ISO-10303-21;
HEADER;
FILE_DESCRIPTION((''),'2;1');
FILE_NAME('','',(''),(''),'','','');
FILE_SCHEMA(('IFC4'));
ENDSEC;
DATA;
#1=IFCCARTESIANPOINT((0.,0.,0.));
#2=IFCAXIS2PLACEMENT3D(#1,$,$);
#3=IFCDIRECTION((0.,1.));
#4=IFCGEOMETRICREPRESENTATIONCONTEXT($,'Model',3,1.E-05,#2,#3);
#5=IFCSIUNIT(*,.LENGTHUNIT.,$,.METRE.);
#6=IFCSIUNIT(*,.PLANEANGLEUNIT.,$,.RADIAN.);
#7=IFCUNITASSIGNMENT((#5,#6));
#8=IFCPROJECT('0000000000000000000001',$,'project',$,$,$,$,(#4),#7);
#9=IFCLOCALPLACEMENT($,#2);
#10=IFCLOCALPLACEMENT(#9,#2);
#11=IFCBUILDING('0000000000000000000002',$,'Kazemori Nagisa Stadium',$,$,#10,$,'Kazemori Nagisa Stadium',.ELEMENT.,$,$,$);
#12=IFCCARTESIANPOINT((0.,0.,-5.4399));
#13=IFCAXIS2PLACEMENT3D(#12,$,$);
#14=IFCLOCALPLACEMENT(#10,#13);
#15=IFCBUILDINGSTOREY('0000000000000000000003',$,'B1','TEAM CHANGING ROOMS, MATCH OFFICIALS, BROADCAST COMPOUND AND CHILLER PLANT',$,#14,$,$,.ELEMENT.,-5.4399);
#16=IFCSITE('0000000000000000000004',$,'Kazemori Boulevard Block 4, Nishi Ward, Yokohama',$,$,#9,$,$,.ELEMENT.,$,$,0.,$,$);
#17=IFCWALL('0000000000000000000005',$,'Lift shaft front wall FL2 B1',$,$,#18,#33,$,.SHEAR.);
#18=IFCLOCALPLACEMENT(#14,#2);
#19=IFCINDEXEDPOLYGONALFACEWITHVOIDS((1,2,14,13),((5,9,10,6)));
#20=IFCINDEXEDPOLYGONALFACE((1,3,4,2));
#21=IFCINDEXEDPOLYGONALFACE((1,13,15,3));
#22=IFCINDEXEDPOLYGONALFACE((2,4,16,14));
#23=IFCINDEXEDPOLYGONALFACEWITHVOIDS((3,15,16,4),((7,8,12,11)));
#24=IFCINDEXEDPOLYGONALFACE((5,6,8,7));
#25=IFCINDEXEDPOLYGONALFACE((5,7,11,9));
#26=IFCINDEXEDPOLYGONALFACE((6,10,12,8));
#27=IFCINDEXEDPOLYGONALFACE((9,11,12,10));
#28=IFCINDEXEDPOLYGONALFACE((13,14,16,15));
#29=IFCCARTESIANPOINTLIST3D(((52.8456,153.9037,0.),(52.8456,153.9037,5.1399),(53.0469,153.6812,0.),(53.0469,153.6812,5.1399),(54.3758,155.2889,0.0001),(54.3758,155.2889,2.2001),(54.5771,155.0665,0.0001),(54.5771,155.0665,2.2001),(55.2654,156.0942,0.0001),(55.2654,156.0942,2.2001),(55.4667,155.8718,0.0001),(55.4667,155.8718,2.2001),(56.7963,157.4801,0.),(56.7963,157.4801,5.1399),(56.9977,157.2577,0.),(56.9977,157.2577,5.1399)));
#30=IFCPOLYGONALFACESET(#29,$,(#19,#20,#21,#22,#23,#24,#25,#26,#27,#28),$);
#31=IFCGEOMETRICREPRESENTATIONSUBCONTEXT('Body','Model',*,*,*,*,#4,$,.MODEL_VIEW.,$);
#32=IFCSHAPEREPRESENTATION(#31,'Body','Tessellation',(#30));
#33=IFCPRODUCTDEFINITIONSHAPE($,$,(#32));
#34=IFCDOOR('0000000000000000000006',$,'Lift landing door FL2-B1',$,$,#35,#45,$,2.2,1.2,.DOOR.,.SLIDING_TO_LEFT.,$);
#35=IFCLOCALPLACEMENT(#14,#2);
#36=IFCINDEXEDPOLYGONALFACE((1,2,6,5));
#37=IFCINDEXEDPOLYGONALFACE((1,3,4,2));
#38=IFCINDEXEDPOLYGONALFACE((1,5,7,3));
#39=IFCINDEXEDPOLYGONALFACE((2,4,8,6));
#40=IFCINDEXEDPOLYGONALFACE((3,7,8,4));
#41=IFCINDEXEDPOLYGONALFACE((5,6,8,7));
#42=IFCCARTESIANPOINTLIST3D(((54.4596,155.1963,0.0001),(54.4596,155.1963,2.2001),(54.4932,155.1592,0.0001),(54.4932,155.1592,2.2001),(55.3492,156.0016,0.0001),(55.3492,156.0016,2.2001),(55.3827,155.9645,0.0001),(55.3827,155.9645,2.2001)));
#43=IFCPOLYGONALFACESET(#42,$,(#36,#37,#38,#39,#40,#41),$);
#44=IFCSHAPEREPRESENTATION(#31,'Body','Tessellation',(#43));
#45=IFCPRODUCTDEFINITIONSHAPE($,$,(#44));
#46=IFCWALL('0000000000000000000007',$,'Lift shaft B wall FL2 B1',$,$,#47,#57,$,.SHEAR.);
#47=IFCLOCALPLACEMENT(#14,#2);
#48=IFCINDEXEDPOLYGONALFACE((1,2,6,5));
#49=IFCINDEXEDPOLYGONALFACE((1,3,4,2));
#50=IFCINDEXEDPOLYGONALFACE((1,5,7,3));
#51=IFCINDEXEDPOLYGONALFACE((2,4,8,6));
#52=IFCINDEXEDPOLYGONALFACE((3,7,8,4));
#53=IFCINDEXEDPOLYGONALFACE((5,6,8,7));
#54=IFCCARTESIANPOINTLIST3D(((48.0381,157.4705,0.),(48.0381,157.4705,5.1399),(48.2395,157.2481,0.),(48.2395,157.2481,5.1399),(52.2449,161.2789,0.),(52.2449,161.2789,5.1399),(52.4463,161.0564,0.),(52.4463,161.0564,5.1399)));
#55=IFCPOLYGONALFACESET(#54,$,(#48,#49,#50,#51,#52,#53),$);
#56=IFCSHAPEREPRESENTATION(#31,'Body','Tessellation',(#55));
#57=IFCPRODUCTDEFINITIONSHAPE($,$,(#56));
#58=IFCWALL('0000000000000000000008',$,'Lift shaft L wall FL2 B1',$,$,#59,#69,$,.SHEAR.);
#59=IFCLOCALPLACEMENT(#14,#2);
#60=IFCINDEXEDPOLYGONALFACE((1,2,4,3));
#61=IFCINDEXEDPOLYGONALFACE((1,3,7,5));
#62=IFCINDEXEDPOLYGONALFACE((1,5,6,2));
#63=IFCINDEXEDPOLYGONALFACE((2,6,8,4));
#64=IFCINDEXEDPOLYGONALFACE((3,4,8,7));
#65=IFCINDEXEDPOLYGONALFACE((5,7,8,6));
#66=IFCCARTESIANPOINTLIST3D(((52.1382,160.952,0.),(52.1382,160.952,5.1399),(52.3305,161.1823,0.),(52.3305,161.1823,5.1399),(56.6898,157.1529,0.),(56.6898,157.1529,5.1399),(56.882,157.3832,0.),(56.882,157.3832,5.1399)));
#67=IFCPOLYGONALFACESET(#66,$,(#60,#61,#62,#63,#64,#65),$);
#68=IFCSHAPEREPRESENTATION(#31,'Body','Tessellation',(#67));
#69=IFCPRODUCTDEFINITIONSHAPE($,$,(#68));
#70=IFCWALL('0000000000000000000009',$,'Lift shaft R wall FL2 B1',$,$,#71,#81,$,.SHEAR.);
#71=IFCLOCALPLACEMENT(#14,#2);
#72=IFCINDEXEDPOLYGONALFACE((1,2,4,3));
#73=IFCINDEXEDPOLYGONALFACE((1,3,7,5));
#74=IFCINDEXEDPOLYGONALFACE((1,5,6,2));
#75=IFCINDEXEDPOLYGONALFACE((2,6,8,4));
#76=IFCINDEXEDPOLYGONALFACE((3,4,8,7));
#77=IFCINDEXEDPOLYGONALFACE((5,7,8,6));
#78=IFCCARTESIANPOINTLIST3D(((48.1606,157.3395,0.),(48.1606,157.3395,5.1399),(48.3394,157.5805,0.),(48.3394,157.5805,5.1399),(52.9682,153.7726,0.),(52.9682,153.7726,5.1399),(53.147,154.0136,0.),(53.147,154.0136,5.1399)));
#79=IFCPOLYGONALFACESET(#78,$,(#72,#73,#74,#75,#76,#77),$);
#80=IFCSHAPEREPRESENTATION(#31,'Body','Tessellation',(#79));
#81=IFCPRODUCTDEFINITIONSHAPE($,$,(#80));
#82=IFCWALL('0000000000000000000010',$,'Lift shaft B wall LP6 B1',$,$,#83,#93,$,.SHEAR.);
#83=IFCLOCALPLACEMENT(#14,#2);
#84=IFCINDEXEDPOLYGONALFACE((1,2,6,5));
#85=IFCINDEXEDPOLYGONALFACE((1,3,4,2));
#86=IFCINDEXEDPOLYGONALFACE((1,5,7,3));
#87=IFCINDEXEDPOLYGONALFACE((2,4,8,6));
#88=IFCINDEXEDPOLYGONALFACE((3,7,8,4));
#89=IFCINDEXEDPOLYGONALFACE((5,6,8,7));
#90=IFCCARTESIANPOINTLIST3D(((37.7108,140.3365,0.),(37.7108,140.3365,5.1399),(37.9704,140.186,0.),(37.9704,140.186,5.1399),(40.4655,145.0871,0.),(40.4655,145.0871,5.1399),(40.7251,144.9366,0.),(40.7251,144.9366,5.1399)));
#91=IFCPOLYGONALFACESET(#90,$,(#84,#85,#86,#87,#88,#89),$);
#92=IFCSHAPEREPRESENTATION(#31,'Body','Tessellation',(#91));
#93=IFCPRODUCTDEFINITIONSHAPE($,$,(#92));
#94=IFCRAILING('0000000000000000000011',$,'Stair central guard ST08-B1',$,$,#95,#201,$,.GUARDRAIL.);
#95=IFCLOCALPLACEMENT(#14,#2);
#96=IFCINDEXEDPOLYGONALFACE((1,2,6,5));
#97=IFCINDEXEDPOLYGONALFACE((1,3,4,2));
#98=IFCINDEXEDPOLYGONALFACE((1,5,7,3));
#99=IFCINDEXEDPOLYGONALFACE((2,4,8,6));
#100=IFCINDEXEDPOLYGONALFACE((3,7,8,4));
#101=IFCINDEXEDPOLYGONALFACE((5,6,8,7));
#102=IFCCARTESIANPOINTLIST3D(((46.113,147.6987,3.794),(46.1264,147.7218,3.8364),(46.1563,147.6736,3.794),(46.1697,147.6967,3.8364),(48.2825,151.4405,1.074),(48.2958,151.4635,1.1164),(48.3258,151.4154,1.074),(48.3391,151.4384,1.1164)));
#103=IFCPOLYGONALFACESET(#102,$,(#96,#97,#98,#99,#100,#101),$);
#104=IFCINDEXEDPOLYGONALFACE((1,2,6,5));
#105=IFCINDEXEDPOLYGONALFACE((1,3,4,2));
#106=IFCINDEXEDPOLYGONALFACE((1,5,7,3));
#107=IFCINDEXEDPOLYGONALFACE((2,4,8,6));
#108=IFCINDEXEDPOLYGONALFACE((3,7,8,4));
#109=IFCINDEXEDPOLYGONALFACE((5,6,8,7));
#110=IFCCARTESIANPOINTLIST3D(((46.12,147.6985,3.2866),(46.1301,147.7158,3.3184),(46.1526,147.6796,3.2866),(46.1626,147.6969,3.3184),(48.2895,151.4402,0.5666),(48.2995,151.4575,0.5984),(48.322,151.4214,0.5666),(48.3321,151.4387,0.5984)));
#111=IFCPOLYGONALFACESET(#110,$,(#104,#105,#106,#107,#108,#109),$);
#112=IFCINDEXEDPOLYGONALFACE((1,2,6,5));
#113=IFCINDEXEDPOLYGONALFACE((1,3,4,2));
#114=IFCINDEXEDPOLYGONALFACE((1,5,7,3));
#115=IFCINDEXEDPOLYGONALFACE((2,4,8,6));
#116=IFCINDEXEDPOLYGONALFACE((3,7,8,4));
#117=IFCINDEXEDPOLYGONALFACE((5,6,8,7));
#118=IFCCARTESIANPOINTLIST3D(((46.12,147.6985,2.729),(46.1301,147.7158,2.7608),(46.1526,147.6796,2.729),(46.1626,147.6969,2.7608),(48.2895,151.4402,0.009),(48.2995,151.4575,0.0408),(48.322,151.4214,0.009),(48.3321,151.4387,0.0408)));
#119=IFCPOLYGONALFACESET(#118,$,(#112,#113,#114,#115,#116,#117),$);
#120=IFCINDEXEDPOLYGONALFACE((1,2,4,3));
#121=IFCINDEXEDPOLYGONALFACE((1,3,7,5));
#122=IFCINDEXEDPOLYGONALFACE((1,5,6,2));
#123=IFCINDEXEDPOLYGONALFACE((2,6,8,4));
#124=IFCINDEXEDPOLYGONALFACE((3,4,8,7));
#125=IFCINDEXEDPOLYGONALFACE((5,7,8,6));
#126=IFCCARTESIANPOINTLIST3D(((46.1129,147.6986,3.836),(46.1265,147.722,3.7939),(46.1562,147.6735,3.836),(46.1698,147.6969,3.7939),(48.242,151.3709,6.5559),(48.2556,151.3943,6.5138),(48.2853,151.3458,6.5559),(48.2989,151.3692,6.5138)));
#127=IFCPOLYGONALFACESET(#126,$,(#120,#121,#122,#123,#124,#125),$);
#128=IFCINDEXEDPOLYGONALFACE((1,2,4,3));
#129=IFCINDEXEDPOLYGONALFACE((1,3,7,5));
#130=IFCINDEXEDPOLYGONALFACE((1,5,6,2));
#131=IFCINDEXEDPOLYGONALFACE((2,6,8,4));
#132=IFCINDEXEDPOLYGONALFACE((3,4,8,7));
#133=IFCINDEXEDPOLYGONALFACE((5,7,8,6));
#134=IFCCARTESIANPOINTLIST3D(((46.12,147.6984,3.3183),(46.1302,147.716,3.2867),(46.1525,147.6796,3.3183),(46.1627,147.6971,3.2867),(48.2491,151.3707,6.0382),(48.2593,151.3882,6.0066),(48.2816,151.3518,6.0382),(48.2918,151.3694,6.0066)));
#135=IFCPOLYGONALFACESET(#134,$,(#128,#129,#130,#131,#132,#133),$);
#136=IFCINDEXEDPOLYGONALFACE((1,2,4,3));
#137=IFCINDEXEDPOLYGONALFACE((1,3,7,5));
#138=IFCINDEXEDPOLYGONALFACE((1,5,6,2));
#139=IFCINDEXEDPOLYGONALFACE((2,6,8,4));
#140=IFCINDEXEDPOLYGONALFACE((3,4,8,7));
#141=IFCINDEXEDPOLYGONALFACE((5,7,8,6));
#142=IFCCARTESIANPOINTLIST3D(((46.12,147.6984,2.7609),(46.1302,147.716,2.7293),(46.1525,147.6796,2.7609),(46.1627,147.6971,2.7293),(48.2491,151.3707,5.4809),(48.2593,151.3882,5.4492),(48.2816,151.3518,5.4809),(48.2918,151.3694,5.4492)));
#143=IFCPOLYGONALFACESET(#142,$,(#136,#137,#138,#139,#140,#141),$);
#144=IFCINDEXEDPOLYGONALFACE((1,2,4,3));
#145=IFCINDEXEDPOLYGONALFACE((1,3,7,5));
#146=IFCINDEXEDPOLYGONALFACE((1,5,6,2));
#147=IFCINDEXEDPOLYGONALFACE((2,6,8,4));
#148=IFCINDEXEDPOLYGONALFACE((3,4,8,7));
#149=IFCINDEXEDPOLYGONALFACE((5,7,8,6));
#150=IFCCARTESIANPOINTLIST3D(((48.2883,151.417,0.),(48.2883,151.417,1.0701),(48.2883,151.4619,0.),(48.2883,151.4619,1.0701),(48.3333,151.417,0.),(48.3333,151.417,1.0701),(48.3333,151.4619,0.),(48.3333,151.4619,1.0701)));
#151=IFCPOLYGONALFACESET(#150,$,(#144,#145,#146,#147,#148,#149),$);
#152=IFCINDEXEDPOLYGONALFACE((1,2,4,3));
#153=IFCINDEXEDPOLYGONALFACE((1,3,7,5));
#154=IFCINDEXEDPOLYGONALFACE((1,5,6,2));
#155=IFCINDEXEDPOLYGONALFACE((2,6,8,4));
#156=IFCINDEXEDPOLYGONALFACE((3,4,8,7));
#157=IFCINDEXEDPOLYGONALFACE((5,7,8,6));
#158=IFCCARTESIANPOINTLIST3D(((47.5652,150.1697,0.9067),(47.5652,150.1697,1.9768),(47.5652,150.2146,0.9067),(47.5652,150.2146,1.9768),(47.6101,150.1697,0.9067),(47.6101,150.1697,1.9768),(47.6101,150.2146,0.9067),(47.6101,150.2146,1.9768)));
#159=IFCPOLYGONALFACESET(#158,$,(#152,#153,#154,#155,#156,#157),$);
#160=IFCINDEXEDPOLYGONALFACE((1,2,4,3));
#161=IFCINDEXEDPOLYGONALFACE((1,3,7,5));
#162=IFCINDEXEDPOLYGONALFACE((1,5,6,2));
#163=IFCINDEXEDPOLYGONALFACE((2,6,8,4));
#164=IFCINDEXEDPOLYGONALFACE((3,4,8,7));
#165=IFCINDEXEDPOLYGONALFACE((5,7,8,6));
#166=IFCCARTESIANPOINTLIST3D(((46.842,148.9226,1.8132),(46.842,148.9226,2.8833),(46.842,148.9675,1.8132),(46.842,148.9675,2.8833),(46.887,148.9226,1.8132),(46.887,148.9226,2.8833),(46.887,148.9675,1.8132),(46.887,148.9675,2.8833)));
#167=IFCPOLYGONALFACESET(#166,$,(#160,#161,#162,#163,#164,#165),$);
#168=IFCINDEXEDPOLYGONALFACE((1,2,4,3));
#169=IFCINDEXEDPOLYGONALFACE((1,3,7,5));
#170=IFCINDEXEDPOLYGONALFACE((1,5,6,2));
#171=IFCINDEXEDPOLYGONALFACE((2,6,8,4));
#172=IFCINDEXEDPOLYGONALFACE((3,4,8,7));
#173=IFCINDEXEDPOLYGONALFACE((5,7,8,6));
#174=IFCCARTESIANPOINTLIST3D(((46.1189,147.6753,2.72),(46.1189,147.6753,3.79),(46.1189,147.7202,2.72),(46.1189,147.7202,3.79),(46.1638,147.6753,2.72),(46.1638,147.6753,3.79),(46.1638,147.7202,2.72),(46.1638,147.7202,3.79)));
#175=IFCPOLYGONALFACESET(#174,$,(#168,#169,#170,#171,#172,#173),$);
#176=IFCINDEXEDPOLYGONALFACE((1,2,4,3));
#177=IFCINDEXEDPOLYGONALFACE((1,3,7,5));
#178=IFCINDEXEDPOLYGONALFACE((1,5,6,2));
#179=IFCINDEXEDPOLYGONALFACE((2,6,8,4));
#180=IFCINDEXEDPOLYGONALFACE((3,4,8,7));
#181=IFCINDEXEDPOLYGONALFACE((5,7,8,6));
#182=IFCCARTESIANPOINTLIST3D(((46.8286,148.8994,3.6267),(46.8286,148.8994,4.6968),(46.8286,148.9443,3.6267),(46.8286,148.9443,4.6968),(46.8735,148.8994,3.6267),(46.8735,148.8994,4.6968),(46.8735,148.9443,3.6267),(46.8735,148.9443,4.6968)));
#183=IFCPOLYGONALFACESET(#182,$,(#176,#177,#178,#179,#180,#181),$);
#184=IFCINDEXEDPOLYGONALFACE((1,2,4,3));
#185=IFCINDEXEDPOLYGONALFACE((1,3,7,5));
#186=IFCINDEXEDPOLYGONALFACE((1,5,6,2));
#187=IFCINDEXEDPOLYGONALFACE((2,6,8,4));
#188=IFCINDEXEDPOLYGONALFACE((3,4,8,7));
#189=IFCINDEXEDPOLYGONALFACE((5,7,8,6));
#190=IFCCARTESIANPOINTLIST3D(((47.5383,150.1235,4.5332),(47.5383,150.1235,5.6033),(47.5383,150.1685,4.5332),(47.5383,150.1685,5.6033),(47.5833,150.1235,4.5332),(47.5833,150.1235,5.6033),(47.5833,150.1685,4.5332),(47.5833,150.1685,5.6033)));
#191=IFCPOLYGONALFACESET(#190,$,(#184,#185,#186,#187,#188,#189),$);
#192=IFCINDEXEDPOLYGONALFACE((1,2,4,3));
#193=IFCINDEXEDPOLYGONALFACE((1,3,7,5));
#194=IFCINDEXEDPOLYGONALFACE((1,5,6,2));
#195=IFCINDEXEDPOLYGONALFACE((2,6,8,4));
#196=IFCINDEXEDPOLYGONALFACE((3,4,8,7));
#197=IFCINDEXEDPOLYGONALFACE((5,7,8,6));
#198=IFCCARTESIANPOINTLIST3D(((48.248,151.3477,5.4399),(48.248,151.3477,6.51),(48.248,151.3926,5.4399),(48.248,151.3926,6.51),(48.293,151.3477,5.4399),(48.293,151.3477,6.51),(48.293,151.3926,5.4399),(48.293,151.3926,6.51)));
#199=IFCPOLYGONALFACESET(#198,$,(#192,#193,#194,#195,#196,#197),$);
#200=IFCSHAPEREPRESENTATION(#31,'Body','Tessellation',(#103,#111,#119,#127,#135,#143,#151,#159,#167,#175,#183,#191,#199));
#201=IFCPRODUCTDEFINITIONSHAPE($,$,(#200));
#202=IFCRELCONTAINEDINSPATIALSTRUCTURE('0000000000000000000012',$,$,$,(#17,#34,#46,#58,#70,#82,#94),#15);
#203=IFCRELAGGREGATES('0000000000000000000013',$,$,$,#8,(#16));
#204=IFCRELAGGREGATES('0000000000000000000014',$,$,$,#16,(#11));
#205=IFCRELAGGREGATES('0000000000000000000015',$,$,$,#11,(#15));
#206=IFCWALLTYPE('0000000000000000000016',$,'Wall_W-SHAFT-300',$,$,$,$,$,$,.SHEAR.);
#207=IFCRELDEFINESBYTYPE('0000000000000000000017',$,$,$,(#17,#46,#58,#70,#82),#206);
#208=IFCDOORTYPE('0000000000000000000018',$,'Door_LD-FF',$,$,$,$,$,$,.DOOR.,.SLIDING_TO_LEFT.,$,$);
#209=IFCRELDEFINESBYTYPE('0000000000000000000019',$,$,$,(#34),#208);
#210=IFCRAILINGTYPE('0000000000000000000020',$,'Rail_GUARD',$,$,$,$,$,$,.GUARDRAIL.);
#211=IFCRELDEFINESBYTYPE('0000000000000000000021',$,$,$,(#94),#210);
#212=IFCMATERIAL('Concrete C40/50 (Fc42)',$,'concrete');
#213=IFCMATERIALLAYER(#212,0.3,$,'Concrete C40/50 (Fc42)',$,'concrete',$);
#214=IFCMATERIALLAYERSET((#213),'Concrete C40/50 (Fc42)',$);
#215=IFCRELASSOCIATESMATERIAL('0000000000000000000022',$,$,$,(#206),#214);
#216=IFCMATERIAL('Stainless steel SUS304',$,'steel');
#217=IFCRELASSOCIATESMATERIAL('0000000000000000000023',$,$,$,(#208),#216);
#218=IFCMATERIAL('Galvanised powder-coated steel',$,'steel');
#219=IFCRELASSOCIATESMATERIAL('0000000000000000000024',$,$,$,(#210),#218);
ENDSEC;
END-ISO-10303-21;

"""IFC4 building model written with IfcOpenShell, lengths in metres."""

from ifc_helpers import new_model, si_unit, direction, frame, frame_2d, origin, origin_2d, place, context, subcontext, project, spatial, rectangle, extrude, material, layer, layer_set, type_object, element, fill, save


model = new_model("IFC4")

# Units and contexts
model_context = context("Model", 3, precision=1e-05, world=origin(), true_north=direction((0.0, 1.0)))
body_context = subcontext(model_context, "Body", "Model", "MODEL_VIEW")
ifc_project = project(units=[si_unit("LENGTHUNIT", "METRE"), si_unit("PLANEANGLEUNIT", "RADIAN")], contexts=[model_context])

# Site, building, storey
site_placement = place(None, origin())
site = spatial("IfcSite", under=ifc_project, at=site_placement, Name="Kazemori Boulevard Block 4, Nishi Ward, Yokohama", CompositionType="ELEMENT", RefElevation=0.0)
building_placement = place(site_placement, origin())
building = spatial("IfcBuilding", under=site, at=building_placement, Name="Kazemori Nagisa Stadium", LongName="Kazemori Nagisa Stadium", CompositionType="ELEMENT")
storey_placement = place(building_placement, frame((0.0, 0.0, -5.4399)))
storey = spatial("IfcBuildingStorey", under=building, at=storey_placement, Name="B1", Description="TEAM CHANGING ROOMS, MATCH OFFICIALS, BROADCAST COMPOUND AND CHILLER PLANT", CompositionType="ELEMENT", Elevation=-5.4399)

# Shared definitions
ifc_material_1 = material(Name="Concrete C40/50 (Fc42)", Category="concrete")

# Wall, opening, door
ifc_layer_1 = layer(ifc_material_1, 0.3, Name="Concrete C40/50 (Fc42)", Category="concrete")
ifc_layer_set_1 = layer_set([ifc_layer_1], Name="Concrete C40/50 (Fc42)")
wall_type_1 = type_object("IfcWallType", Name="Wall_W-SHAFT-300", PredefinedType="SHEAR", material=ifc_layer_set_1)
wall_1_placement = place(storey_placement, frame((56.897, 157.3689, 0.0), z_axis=(0.0, 0.0, 1.0), x_axis=(-0.74135, -0.671118, 0.0)))
wall_1 = element("IfcWall", 1, at=wall_1_placement, inside=storey, type_object=wall_type_1, Name="Lift shaft front wall FL2 B1", PredefinedType="SHEAR", context=body_context, shape_type="SweptSolid", body=[
    extrude(rectangle(XDim=5.3291, YDim=0.3, at=frame_2d((2.6646, 0.0))), origin(), (0.0, 0.0, 1.0), 5.1399),
])
opening_1_placement = place(wall_1_placement, frame((2.0649, 0.0, 0.0)))
opening_1 = element("IfcOpeningElement", 2, at=opening_1_placement, cuts=wall_1, PredefinedType="OPENING", context=body_context, shape_type="SweptSolid", body=[
    extrude(rectangle(XDim=1.2, YDim=2.2, at=frame_2d((0.6001, 1.1001))), frame((0.0, 0.1599, 0.0), z_axis=(0.0, -1.0, 0.0), x_axis=(1.0, 0.0, 0.0)), (0.0, 0.0, 1.0), 0.3201),
])
ifc_material_2 = material(Name="Stainless steel SUS304", Category="steel")
door_type_1 = type_object("IfcDoorType", Name="Door_LD-FF", OperationType="SLIDING_TO_LEFT", PredefinedType="DOOR", material=ifc_material_2)
door_1_placement = place(opening_1_placement, origin())
door_1 = element("IfcDoor", 3, at=door_1_placement, inside=storey, type_object=door_type_1, Name="Lift landing door FL2-B1", OperationType="SLIDING_TO_LEFT", OverallHeight=2.2, OverallWidth=1.2, PredefinedType="DOOR", context=body_context, shape_type="SweptSolid", body=[
    extrude(rectangle(XDim=1.2, YDim=2.2, at=frame_2d((0.6001, 1.1001))), frame((0.0, 0.0249, 0.0), z_axis=(0.0, -1.0, 0.0), x_axis=(1.0, 0.0, 0.0)), (0.0, 0.0, 1.0), 0.05),
])
fill(opening_1, door_1)

# Walls
wall_2_placement = place(storey_placement, frame((52.3457, 161.1677, 0.0), z_axis=(0.0, 0.0, 1.0), x_axis=(-0.741342, -0.671127, 0.0)))
element("IfcWall", 4, at=wall_2_placement, inside=storey, type_object=wall_type_1, Name="Lift shaft B wall FL2 B1", PredefinedType="SHEAR", context=body_context, shape_type="SweptSolid", body=[
    extrude(rectangle(XDim=5.6746, YDim=0.3, at=frame_2d((2.8374, 0.0))), origin(), (0.0, 0.0, 1.0), 5.1399),
])
wall_3_placement = place(storey_placement, frame((56.7859, 157.2681, 0.0), z_axis=(0.0, 0.0, 1.0), x_axis=(-0.767711, 0.640796, 0.0)))
element("IfcWall", 5, at=wall_3_placement, inside=storey, type_object=wall_type_1, Name="Lift shaft L wall FL2 B1", PredefinedType="SHEAR", context=body_context, shape_type="SweptSolid", body=[
    extrude(rectangle(XDim=5.9287, YDim=0.3, at=frame_2d((2.9644, 0.0))), origin(), (0.0, 0.0, 1.0), 5.1399),
])
wall_4_placement = place(storey_placement, frame((53.0576, 153.8931, 0.0), z_axis=(0.0, 0.0, 1.0), x_axis=(-0.803102, 0.595842, 0.0)))
element("IfcWall", 6, at=wall_4_placement, inside=storey, type_object=wall_type_1, Name="Lift shaft R wall FL2 B1", PredefinedType="SHEAR", context=body_context, shape_type="SweptSolid", body=[
    extrude(rectangle(XDim=5.9863, YDim=0.3, at=frame_2d((2.9932, 0.0))), origin(), (0.0, 0.0, 1.0), 5.1399),
])
wall_5_placement = place(storey_placement, frame((40.5952, 145.0117, 0.0), z_axis=(0.0, 0.0, 1.0), x_axis=(-0.50163, -0.865082, 0.0)))
element("IfcWall", 7, at=wall_5_placement, inside=storey, type_object=wall_type_1, Name="Lift shaft B wall LP6 B1", PredefinedType="SHEAR", context=body_context, shape_type="SweptSolid", body=[
    extrude(rectangle(XDim=5.4915, YDim=0.3, at=frame_2d((2.7456, 0.0))), origin(), (0.0, 0.0, 1.0), 5.1399),
])

# Railing
ifc_material_3 = material(Name="Galvanised powder-coated steel", Category="steel")
railing_type_1 = type_object("IfcRailingType", Name="Rail_GUARD", PredefinedType="GUARDRAIL", material=ifc_material_3)
railing_1_placement = place(storey_placement, frame((48.3108, 151.4395, 0.0)))
element("IfcRailing", 8, at=railing_1_placement, inside=storey, type_object=railing_type_1, Name="Stair central guard ST08-B1", PredefinedType="GUARDRAIL", context=body_context, shape_type="SweptSolid", body=[
    extrude(rectangle(XDim=0.05, YDim=0.05, at=origin_2d()), frame((0.0, 0.0, 1.0952), z_axis=(-0.424604, -0.73233, 0.532356), x_axis=(0.865107, -0.501588, 0.0)), (0.0, 0.0, 1.0), 5.1094),
    extrude(rectangle(XDim=0.0376, YDim=0.0376, at=origin_2d()), frame((0.0, 0.0, 0.5825), z_axis=(-0.424604, -0.73233, 0.532356), x_axis=(0.865107, -0.501588, 0.0)), (0.0, 0.0, 1.0), 5.1094),
    extrude(rectangle(XDim=0.0376, YDim=0.0376, at=origin_2d()), frame((0.0, 0.0, 0.0249), z_axis=(-0.424604, -0.73233, 0.532356), x_axis=(0.865107, -0.501588, 0.0)), (0.0, 0.0, 1.0), 5.1094),
    extrude(rectangle(XDim=0.05, YDim=0.05, at=origin_2d()), frame((-2.1694, -3.7417, 3.8149), z_axis=(0.422316, 0.728412, 0.539505), x_axis=(-0.865115, 0.501573, 0.0)), (0.0, 0.0, 1.0), 5.0415),
    extrude(rectangle(XDim=0.0376, YDim=0.0376, at=origin_2d()), frame((-2.1694, -3.7417, 3.3025), z_axis=(0.422316, 0.728412, 0.539505), x_axis=(-0.865115, 0.501573, 0.0)), (0.0, 0.0, 1.0), 5.0415),
    extrude(rectangle(XDim=0.0376, YDim=0.0376, at=origin_2d()), frame((-2.1694, -3.7417, 2.7451), z_axis=(0.422316, 0.728412, 0.539505), x_axis=(-0.865115, 0.501573, 0.0)), (0.0, 0.0, 1.0), 5.0415),
    extrude(rectangle(XDim=0.0449, YDim=0.0449, at=origin_2d()), origin(), (0.0, 0.0, 1.0), 1.0701),
    extrude(rectangle(XDim=0.0449, YDim=0.0449, at=origin_2d()), frame((-0.7231, -1.2473, 0.9067)), (0.0, 0.0, 1.0), 1.0701),
    extrude(rectangle(XDim=0.0449, YDim=0.0449, at=origin_2d()), frame((-1.4463, -2.4944, 1.8132)), (0.0, 0.0, 1.0), 1.0701),
    extrude(rectangle(XDim=0.0449, YDim=0.0449, at=origin_2d()), frame((-2.1694, -3.7417, 2.72)), (0.0, 0.0, 1.0), 1.0701),
    extrude(rectangle(XDim=0.0449, YDim=0.0449, at=origin_2d()), frame((-1.4597, -2.5176, 3.6267)), (0.0, 0.0, 1.0), 1.0701),
    extrude(rectangle(XDim=0.0449, YDim=0.0449, at=origin_2d()), frame((-0.75, -1.2935, 4.5332)), (0.0, 0.0, 1.0), 1.0701),
    extrude(rectangle(XDim=0.0449, YDim=0.0449, at=origin_2d()), frame((-0.0403, -0.0693, 5.4399)), (0.0, 0.0, 1.0), 1.0701),
])

save(model, "model.ifc")
